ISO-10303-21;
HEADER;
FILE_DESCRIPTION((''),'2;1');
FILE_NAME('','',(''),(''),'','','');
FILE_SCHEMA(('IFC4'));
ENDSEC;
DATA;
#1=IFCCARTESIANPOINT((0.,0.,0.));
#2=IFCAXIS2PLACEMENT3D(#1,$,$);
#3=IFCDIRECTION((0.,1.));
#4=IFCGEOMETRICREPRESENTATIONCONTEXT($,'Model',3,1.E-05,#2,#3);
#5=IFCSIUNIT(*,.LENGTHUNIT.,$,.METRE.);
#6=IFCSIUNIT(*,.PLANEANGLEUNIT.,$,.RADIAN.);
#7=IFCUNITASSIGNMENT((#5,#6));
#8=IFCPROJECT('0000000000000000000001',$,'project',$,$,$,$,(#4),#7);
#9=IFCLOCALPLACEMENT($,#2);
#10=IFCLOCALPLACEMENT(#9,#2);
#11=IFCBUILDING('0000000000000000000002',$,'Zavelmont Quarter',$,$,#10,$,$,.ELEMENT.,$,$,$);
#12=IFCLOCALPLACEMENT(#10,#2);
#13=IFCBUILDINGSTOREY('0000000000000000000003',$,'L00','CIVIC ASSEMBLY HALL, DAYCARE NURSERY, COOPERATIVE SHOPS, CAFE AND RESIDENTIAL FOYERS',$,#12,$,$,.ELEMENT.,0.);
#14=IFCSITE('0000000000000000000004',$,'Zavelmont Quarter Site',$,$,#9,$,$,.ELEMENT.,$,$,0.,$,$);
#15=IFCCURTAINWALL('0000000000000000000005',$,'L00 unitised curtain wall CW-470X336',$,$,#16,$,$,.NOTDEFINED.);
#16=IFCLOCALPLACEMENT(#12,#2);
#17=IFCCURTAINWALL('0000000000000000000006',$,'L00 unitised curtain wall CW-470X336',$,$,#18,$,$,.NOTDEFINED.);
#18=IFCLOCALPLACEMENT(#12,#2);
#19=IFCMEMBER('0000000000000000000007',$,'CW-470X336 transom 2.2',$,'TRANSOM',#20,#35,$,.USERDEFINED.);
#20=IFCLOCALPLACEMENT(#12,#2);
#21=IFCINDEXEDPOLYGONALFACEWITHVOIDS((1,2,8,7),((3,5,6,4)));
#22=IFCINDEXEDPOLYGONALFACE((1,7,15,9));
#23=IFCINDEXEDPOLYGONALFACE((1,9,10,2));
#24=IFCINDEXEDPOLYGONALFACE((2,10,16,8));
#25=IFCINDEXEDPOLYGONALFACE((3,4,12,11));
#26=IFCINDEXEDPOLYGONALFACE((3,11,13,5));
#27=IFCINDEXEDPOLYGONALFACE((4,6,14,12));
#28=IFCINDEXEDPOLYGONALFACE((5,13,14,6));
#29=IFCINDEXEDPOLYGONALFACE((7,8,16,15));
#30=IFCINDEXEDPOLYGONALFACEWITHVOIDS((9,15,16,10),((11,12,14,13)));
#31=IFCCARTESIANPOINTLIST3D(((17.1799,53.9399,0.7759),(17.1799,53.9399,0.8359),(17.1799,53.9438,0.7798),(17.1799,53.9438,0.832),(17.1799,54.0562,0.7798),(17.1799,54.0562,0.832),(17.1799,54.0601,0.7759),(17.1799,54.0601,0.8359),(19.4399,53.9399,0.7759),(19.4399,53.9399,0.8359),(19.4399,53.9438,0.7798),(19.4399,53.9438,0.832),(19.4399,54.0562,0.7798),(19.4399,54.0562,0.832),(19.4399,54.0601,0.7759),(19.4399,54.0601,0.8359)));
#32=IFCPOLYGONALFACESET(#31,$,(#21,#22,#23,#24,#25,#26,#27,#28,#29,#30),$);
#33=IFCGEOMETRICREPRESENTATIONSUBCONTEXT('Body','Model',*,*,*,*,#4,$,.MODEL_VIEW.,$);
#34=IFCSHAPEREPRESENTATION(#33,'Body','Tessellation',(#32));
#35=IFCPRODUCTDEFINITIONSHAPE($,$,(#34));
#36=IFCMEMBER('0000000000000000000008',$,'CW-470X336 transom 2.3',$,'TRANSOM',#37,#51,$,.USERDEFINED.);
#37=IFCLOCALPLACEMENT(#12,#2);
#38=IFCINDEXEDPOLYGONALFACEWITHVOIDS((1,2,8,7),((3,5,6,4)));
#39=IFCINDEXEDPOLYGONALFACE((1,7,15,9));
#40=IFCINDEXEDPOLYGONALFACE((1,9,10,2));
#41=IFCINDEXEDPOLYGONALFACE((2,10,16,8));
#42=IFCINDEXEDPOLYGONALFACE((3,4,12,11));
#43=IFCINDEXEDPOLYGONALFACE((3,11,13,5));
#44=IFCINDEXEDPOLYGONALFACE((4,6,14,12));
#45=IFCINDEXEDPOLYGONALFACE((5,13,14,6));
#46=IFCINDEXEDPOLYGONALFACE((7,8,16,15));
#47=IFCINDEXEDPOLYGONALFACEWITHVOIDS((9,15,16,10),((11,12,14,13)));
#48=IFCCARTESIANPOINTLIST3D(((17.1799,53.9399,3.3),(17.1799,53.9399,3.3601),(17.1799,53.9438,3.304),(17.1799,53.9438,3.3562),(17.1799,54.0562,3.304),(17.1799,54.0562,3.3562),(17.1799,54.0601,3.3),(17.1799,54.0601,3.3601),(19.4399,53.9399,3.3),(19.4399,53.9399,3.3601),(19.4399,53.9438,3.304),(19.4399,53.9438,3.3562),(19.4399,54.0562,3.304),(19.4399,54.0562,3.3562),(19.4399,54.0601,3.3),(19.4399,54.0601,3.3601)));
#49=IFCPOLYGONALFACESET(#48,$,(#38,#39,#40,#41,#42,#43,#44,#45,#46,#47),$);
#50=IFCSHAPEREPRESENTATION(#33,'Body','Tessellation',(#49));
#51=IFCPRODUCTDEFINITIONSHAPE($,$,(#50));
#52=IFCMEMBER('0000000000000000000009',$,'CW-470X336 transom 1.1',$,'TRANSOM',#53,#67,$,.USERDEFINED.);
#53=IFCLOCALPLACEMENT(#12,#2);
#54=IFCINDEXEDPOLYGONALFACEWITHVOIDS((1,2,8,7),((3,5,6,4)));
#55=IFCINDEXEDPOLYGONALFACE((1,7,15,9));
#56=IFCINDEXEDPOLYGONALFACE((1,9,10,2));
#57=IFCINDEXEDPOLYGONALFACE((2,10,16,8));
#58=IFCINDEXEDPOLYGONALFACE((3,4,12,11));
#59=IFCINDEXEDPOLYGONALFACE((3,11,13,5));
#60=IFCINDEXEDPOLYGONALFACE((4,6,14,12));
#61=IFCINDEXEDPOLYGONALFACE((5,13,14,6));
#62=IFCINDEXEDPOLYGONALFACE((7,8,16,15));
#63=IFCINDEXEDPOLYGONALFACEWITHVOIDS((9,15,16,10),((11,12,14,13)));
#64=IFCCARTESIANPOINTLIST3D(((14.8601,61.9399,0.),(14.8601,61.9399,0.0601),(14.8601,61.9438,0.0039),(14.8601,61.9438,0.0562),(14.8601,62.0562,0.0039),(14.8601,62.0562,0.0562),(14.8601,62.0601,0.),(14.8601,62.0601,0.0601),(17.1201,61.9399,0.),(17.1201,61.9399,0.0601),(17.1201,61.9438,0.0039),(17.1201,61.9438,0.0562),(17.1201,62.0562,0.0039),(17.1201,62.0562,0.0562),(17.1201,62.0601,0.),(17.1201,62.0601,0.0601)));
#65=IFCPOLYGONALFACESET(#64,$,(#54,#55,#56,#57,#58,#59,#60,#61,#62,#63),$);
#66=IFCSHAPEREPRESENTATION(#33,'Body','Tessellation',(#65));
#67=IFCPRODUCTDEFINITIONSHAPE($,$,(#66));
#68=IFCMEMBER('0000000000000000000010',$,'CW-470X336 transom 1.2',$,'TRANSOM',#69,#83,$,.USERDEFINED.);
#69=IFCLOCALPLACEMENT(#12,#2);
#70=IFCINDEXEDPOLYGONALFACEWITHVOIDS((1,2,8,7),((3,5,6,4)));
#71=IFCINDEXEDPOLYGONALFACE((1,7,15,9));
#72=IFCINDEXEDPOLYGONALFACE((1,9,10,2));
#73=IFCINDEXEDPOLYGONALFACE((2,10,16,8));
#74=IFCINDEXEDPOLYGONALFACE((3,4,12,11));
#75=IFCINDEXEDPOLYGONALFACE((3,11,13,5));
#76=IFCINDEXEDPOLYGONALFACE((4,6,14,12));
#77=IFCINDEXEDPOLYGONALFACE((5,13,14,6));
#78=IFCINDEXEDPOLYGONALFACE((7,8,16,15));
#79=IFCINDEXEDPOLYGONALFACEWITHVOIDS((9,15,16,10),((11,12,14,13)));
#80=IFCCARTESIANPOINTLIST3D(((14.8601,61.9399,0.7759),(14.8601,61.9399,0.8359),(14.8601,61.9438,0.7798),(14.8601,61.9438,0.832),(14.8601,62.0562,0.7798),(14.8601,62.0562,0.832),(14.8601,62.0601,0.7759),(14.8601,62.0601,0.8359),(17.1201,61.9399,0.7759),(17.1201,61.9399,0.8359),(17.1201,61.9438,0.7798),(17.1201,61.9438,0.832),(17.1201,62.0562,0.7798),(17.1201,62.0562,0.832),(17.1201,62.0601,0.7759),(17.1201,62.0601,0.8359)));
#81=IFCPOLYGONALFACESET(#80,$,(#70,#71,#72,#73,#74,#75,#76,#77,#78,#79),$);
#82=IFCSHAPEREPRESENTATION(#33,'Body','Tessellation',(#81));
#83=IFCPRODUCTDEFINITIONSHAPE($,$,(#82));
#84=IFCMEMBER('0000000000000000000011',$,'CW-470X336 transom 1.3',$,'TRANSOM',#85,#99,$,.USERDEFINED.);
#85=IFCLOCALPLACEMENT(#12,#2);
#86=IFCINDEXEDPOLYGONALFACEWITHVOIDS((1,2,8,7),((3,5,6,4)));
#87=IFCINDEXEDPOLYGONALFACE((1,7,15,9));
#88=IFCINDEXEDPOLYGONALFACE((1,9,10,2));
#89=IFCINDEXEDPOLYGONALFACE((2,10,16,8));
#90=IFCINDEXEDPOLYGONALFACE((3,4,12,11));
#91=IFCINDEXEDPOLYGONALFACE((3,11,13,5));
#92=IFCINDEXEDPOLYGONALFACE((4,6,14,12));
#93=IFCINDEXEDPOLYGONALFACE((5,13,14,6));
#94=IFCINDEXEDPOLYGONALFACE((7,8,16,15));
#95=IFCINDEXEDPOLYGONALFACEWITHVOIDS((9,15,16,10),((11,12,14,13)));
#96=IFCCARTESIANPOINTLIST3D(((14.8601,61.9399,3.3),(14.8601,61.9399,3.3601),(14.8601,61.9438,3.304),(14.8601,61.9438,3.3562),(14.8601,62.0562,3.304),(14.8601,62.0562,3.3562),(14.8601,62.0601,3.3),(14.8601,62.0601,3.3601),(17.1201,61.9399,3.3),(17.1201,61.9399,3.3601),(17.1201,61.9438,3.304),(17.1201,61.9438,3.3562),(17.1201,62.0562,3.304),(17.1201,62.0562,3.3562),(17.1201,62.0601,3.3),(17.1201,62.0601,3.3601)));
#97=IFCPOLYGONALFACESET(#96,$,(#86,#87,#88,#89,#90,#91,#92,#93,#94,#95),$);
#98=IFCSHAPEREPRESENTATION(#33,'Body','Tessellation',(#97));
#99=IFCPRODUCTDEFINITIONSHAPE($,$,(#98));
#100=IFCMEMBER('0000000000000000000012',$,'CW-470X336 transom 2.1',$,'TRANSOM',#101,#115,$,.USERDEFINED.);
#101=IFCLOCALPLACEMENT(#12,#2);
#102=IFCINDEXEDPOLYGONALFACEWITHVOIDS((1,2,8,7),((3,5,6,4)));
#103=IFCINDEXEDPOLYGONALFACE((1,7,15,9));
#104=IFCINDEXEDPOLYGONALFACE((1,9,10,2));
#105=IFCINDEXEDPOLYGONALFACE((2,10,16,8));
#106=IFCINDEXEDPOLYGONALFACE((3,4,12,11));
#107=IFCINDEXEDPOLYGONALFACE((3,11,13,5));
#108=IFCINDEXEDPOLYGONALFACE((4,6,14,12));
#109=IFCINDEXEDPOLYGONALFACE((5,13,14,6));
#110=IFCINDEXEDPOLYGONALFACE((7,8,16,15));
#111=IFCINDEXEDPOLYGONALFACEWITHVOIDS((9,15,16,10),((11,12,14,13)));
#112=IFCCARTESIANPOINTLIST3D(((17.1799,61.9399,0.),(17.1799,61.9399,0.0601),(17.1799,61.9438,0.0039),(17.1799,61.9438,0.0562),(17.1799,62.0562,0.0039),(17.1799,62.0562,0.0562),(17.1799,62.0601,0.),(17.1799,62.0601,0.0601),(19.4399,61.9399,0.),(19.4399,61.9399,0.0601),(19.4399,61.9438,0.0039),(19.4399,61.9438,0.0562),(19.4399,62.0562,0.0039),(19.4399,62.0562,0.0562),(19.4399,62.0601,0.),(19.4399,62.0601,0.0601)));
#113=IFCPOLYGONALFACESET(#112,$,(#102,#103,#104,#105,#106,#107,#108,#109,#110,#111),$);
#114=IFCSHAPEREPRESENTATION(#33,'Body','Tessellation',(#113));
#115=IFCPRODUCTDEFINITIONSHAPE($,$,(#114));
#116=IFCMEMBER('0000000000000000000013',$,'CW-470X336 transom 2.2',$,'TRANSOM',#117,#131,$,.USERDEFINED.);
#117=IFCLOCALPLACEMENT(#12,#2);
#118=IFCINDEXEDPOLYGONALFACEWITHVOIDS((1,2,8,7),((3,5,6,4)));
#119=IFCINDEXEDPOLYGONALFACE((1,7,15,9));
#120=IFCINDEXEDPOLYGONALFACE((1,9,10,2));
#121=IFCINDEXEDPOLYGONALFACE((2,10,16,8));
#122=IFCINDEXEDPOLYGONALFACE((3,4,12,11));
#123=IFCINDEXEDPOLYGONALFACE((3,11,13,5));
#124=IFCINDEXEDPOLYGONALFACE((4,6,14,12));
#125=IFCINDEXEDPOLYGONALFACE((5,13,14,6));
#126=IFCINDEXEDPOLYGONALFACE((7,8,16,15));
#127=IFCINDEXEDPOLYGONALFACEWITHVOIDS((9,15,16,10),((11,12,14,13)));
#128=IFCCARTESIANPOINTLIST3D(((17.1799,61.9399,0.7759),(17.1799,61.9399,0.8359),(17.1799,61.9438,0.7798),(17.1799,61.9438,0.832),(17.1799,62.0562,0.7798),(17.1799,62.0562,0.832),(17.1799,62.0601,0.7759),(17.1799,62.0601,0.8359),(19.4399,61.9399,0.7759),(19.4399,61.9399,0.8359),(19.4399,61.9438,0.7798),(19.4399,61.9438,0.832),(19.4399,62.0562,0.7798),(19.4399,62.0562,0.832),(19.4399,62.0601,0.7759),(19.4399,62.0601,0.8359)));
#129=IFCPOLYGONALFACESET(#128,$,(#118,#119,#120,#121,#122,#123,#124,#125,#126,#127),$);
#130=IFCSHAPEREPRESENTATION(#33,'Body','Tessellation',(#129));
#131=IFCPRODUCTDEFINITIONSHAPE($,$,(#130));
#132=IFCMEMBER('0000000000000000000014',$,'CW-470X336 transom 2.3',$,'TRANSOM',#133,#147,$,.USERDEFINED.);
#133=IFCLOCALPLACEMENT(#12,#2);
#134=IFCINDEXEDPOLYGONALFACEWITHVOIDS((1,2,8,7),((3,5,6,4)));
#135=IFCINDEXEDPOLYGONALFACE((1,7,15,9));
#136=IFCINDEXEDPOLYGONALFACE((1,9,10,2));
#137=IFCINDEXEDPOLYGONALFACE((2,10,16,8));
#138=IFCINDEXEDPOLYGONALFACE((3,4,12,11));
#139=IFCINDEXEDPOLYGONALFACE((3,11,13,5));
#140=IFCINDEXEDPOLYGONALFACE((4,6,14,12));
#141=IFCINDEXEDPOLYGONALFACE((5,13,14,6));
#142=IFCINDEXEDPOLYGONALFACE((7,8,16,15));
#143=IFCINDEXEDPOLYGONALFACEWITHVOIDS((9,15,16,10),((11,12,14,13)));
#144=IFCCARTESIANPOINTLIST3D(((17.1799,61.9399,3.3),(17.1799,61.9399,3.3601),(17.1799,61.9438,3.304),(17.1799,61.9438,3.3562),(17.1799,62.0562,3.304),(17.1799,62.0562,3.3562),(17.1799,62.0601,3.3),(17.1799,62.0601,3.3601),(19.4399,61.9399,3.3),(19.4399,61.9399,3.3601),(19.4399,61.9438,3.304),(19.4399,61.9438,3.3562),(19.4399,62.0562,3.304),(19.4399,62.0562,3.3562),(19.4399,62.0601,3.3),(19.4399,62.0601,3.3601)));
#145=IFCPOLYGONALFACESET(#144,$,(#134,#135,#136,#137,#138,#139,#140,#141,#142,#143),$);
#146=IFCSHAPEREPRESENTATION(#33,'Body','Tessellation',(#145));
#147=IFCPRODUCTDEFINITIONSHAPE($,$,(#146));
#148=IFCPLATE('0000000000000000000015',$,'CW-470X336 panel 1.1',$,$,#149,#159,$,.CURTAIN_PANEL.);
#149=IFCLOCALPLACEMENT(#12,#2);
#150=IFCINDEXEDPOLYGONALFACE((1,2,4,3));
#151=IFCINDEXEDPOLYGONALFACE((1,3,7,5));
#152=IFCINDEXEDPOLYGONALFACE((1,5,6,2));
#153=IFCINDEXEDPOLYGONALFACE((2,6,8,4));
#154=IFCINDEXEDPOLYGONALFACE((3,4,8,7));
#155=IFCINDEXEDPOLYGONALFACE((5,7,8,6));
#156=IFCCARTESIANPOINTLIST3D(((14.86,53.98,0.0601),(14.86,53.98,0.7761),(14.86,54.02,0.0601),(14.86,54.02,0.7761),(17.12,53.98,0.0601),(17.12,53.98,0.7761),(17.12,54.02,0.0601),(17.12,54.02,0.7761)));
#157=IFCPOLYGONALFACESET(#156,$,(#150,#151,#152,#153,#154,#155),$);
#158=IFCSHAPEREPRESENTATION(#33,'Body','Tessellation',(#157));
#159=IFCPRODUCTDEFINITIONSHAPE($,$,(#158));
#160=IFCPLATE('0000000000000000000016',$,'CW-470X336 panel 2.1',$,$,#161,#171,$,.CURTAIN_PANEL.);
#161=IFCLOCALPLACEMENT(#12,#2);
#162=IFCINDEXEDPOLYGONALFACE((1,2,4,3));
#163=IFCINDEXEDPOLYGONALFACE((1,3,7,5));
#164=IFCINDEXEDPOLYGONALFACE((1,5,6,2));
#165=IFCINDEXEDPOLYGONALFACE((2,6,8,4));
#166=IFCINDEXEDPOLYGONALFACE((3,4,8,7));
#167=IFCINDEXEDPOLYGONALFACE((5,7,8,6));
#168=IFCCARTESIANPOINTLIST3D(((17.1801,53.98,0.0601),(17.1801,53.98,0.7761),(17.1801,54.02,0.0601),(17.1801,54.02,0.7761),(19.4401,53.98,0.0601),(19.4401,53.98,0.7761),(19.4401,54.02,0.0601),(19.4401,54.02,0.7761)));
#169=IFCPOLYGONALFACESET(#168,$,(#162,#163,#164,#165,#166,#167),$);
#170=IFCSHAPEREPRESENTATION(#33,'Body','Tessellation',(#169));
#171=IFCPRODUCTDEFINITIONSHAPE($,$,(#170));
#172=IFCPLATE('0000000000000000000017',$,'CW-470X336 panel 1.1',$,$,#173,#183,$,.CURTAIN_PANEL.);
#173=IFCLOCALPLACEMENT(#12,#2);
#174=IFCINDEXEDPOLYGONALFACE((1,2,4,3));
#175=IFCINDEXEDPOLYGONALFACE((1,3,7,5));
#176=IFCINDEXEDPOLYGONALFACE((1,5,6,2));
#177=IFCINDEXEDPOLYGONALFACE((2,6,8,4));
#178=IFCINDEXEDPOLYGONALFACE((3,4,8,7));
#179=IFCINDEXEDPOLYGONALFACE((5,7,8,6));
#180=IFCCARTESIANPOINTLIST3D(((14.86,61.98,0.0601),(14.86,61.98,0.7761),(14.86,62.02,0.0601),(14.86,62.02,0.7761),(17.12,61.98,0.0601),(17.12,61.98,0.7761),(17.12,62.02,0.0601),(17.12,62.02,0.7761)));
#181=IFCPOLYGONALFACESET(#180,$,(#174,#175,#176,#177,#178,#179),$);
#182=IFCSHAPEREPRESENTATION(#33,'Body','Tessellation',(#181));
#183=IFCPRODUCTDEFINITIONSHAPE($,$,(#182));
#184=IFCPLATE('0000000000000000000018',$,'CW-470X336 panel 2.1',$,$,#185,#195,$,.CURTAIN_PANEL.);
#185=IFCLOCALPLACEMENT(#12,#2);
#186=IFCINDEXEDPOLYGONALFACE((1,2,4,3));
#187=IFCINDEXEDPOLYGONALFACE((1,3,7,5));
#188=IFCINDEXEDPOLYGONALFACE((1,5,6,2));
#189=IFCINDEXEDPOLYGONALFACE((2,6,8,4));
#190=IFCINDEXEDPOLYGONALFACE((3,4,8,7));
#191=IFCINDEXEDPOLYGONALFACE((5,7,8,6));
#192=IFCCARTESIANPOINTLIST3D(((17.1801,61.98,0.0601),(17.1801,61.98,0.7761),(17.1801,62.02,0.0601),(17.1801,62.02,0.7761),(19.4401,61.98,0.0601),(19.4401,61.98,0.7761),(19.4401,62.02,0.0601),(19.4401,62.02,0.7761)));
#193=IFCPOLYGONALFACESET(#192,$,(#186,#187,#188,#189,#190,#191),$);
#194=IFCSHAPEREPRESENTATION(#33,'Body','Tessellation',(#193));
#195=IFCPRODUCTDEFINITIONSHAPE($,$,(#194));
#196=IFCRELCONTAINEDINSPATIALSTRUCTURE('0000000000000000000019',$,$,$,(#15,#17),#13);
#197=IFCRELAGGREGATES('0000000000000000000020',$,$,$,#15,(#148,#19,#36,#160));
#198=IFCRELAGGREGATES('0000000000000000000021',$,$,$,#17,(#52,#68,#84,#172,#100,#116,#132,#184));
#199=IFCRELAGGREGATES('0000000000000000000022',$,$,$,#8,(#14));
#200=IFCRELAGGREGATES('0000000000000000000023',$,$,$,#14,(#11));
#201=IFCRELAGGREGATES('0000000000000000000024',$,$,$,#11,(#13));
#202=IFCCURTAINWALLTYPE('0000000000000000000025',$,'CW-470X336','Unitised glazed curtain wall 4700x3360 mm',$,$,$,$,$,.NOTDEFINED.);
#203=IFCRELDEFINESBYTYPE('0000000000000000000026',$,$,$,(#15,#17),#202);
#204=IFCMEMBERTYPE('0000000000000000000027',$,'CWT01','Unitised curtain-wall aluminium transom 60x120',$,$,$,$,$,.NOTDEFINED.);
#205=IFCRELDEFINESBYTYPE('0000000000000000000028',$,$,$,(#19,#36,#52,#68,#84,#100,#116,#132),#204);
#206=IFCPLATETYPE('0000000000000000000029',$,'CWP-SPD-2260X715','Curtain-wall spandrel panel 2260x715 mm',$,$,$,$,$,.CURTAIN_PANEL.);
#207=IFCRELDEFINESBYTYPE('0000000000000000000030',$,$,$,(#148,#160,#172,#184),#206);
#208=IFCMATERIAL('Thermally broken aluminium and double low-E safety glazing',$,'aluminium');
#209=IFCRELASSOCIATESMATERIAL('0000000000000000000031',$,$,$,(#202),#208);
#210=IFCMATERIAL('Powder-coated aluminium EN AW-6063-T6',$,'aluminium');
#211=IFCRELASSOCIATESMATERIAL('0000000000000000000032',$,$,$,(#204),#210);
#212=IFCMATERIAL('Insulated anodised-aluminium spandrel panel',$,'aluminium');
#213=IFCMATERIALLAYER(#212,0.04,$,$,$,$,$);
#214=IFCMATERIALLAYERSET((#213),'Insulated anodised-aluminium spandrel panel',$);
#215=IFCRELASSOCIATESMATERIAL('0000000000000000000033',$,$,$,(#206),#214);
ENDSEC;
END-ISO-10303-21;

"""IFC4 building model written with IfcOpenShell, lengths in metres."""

from ifc_helpers import new_model, si_unit, direction, frame, origin, origin_2d, place, context, subcontext, project, spatial, rectangle, hollow_rectangle, extrude, material, layer, layer_set, material_profile, profile_set, type_object, element, aggregate, save


model = new_model("IFC4")

# Units and contexts
model_context = context("Model", 3, precision=1e-05, world=origin(), true_north=direction((0.0, 1.0)))
body_context = subcontext(model_context, "Body", "Model", "MODEL_VIEW")
ifc_project = project(units=[si_unit("LENGTHUNIT", "METRE"), si_unit("PLANEANGLEUNIT", "RADIAN")], contexts=[model_context])

# Site, building, storey
site_placement = place(None, origin())
site = spatial("IfcSite", under=ifc_project, at=site_placement, Name="Zavelmont Quarter Site", CompositionType="ELEMENT", RefElevation=0.0)
building_placement = place(site_placement, origin())
building = spatial("IfcBuilding", under=site, at=building_placement, Name="Zavelmont Quarter", CompositionType="ELEMENT")
storey_placement = place(building_placement, origin())
storey = spatial("IfcBuildingStorey", under=building, at=storey_placement, Name="L00", Description="CIVIC ASSEMBLY HALL, DAYCARE NURSERY, COOPERATIVE SHOPS, CAFE AND RESIDENTIAL FOYERS", CompositionType="ELEMENT", Elevation=0.0)

# Curtain walls
ifc_material_1 = material(Name="Thermally broken aluminium and double low-E safety glazing", Category="aluminium")
curtain_wall_type = type_object("IfcCurtainWallType", Name="CW-470X336", Description="Unitised glazed curtain wall 4700x3360 mm", PredefinedType="NOTDEFINED", material=ifc_material_1)
curtain_wall_1_placement = place(storey_placement, origin())
curtain_wall_1 = element("IfcCurtainWall", 1, at=curtain_wall_1_placement, inside=storey, type_object=curtain_wall_type, Name="L00 unitised curtain wall CW-470X336", PredefinedType="NOTDEFINED")
ifc_material_2 = material(Name="Powder-coated aluminium EN AW-6063-T6", Category="aluminium")
curtain_wall_2_placement = place(storey_placement, origin())
curtain_wall_2 = element("IfcCurtainWall", 2, at=curtain_wall_2_placement, inside=storey, type_object=curtain_wall_type, Name="L00 unitised curtain wall CW-470X336", PredefinedType="NOTDEFINED")

# Members
ifc_material_profile_1 = material_profile(ifc_material_2, hollow_rectangle(XDim=0.1201, YDim=0.0601, WallThickness=0.0039, at=origin_2d()), Name="CWT60X120")
ifc_profile_set_1 = profile_set([ifc_material_profile_1], Name="Powder-coated aluminium EN AW-6063-T6")
member_type_1 = type_object("IfcMemberType", Name="CWT01", Description="Unitised curtain-wall aluminium transom 60x120", PredefinedType="NOTDEFINED", material=ifc_profile_set_1)
member_1_placement = place(storey_placement, frame((17.1799, 54.0, 0.8059), z_axis=(1.0, 0.0, 0.0), x_axis=(0.0, 1.0, 0.0)))
member_1 = element("IfcMember", 3, at=member_1_placement, type_object=member_type_1, Name="CW-470X336 transom 2.2", ObjectType="TRANSOM", PredefinedType="USERDEFINED", context=body_context, shape_type="SweptSolid", body=[
    extrude(hollow_rectangle(XDim=0.1201, YDim=0.0601, WallThickness=0.0039, at=origin_2d()), origin(), (0.0, 0.0, 1.0), 2.26),
])
member_2_placement = place(storey_placement, frame((17.1799, 54.0, 3.3301), z_axis=(1.0, 0.0, 0.0), x_axis=(0.0, 1.0, 0.0)))
member_2 = element("IfcMember", 4, at=member_2_placement, type_object=member_type_1, Name="CW-470X336 transom 2.3", ObjectType="TRANSOM", PredefinedType="USERDEFINED", context=body_context, shape_type="SweptSolid", body=[
    extrude(hollow_rectangle(XDim=0.1201, YDim=0.0601, WallThickness=0.0039, at=origin_2d()), origin(), (0.0, 0.0, 1.0), 2.26),
])
member_3_placement = place(storey_placement, frame((14.8601, 62.0, 0.03), z_axis=(1.0, 0.0, 0.0), x_axis=(0.0, 1.0, 0.0)))
member_3 = element("IfcMember", 5, at=member_3_placement, type_object=member_type_1, Name="CW-470X336 transom 1.1", ObjectType="TRANSOM", PredefinedType="USERDEFINED", context=body_context, shape_type="SweptSolid", body=[
    extrude(hollow_rectangle(XDim=0.1201, YDim=0.0601, WallThickness=0.0039, at=origin_2d()), origin(), (0.0, 0.0, 1.0), 2.26),
])
member_4_placement = place(storey_placement, frame((14.8601, 62.0, 0.8059), z_axis=(1.0, 0.0, 0.0), x_axis=(0.0, 1.0, 0.0)))
member_4 = element("IfcMember", 6, at=member_4_placement, type_object=member_type_1, Name="CW-470X336 transom 1.2", ObjectType="TRANSOM", PredefinedType="USERDEFINED", context=body_context, shape_type="SweptSolid", body=[
    extrude(hollow_rectangle(XDim=0.1201, YDim=0.0601, WallThickness=0.0039, at=origin_2d()), origin(), (0.0, 0.0, 1.0), 2.26),
])
member_5_placement = place(storey_placement, frame((14.8601, 62.0, 3.3301), z_axis=(1.0, 0.0, 0.0), x_axis=(0.0, 1.0, 0.0)))
member_5 = element("IfcMember", 7, at=member_5_placement, type_object=member_type_1, Name="CW-470X336 transom 1.3", ObjectType="TRANSOM", PredefinedType="USERDEFINED", context=body_context, shape_type="SweptSolid", body=[
    extrude(hollow_rectangle(XDim=0.1201, YDim=0.0601, WallThickness=0.0039, at=origin_2d()), origin(), (0.0, 0.0, 1.0), 2.26),
])
member_6_placement = place(storey_placement, frame((17.1799, 62.0, 0.03), z_axis=(1.0, 0.0, 0.0), x_axis=(0.0, 1.0, 0.0)))
member_6 = element("IfcMember", 8, at=member_6_placement, type_object=member_type_1, Name="CW-470X336 transom 2.1", ObjectType="TRANSOM", PredefinedType="USERDEFINED", context=body_context, shape_type="SweptSolid", body=[
    extrude(hollow_rectangle(XDim=0.1201, YDim=0.0601, WallThickness=0.0039, at=origin_2d()), origin(), (0.0, 0.0, 1.0), 2.26),
])
member_7_placement = place(storey_placement, frame((17.1799, 62.0, 0.8059), z_axis=(1.0, 0.0, 0.0), x_axis=(0.0, 1.0, 0.0)))
member_7 = element("IfcMember", 9, at=member_7_placement, type_object=member_type_1, Name="CW-470X336 transom 2.2", ObjectType="TRANSOM", PredefinedType="USERDEFINED", context=body_context, shape_type="SweptSolid", body=[
    extrude(hollow_rectangle(XDim=0.1201, YDim=0.0601, WallThickness=0.0039, at=origin_2d()), origin(), (0.0, 0.0, 1.0), 2.26),
])
member_8_placement = place(storey_placement, frame((17.1799, 62.0, 3.3301), z_axis=(1.0, 0.0, 0.0), x_axis=(0.0, 1.0, 0.0)))
member_8 = element("IfcMember", 10, at=member_8_placement, type_object=member_type_1, Name="CW-470X336 transom 2.3", ObjectType="TRANSOM", PredefinedType="USERDEFINED", context=body_context, shape_type="SweptSolid", body=[
    extrude(hollow_rectangle(XDim=0.1201, YDim=0.0601, WallThickness=0.0039, at=origin_2d()), origin(), (0.0, 0.0, 1.0), 2.26),
])

# Plates
ifc_material_3 = material(Name="Insulated anodised-aluminium spandrel panel", Category="aluminium")
ifc_layer_1 = layer(ifc_material_3, 0.04)
ifc_layer_set_1 = layer_set([ifc_layer_1], Name="Insulated anodised-aluminium spandrel panel")
plate_type_1 = type_object("IfcPlateType", Name="CWP-SPD-2260X715", Description="Curtain-wall spandrel panel 2260x715 mm", PredefinedType="CURTAIN_PANEL", material=ifc_layer_set_1)
plate_1_placement = place(storey_placement, frame((15.99, 54.0, 0.0601), z_axis=(0.0, 0.0, 1.0), x_axis=(1.0, 0.0, 0.0)))
plate_1 = element("IfcPlate", 11, at=plate_1_placement, type_object=plate_type_1, Name="CW-470X336 panel 1.1", PredefinedType="CURTAIN_PANEL", context=body_context, shape_type="SweptSolid", body=[
    extrude(rectangle(XDim=2.26, YDim=0.04, at=origin_2d()), origin(), (0.0, 0.0, 1.0), 0.7161),
])
plate_2_placement = place(storey_placement, frame((18.3101, 54.0, 0.0601), z_axis=(0.0, 0.0, 1.0), x_axis=(1.0, 0.0, 0.0)))
plate_2 = element("IfcPlate", 12, at=plate_2_placement, type_object=plate_type_1, Name="CW-470X336 panel 2.1", PredefinedType="CURTAIN_PANEL", context=body_context, shape_type="SweptSolid", body=[
    extrude(rectangle(XDim=2.26, YDim=0.04, at=origin_2d()), origin(), (0.0, 0.0, 1.0), 0.7161),
])
plate_3_placement = place(storey_placement, frame((15.99, 62.0, 0.0601), z_axis=(0.0, 0.0, 1.0), x_axis=(1.0, 0.0, 0.0)))
plate_3 = element("IfcPlate", 13, at=plate_3_placement, type_object=plate_type_1, Name="CW-470X336 panel 1.1", PredefinedType="CURTAIN_PANEL", context=body_context, shape_type="SweptSolid", body=[
    extrude(rectangle(XDim=2.26, YDim=0.04, at=origin_2d()), origin(), (0.0, 0.0, 1.0), 0.7161),
])
plate_4_placement = place(storey_placement, frame((18.3101, 62.0, 0.0601), z_axis=(0.0, 0.0, 1.0), x_axis=(1.0, 0.0, 0.0)))
plate_4 = element("IfcPlate", 14, at=plate_4_placement, type_object=plate_type_1, Name="CW-470X336 panel 2.1", PredefinedType="CURTAIN_PANEL", context=body_context, shape_type="SweptSolid", body=[
    extrude(rectangle(XDim=2.26, YDim=0.04, at=origin_2d()), origin(), (0.0, 0.0, 1.0), 0.7161),
])
aggregate(curtain_wall_1, [plate_1, member_1, member_2, plate_2])
aggregate(curtain_wall_2, [member_3, member_4, member_5, plate_3, member_6, member_7, member_8, plate_4])

save(model, "model.ifc")
